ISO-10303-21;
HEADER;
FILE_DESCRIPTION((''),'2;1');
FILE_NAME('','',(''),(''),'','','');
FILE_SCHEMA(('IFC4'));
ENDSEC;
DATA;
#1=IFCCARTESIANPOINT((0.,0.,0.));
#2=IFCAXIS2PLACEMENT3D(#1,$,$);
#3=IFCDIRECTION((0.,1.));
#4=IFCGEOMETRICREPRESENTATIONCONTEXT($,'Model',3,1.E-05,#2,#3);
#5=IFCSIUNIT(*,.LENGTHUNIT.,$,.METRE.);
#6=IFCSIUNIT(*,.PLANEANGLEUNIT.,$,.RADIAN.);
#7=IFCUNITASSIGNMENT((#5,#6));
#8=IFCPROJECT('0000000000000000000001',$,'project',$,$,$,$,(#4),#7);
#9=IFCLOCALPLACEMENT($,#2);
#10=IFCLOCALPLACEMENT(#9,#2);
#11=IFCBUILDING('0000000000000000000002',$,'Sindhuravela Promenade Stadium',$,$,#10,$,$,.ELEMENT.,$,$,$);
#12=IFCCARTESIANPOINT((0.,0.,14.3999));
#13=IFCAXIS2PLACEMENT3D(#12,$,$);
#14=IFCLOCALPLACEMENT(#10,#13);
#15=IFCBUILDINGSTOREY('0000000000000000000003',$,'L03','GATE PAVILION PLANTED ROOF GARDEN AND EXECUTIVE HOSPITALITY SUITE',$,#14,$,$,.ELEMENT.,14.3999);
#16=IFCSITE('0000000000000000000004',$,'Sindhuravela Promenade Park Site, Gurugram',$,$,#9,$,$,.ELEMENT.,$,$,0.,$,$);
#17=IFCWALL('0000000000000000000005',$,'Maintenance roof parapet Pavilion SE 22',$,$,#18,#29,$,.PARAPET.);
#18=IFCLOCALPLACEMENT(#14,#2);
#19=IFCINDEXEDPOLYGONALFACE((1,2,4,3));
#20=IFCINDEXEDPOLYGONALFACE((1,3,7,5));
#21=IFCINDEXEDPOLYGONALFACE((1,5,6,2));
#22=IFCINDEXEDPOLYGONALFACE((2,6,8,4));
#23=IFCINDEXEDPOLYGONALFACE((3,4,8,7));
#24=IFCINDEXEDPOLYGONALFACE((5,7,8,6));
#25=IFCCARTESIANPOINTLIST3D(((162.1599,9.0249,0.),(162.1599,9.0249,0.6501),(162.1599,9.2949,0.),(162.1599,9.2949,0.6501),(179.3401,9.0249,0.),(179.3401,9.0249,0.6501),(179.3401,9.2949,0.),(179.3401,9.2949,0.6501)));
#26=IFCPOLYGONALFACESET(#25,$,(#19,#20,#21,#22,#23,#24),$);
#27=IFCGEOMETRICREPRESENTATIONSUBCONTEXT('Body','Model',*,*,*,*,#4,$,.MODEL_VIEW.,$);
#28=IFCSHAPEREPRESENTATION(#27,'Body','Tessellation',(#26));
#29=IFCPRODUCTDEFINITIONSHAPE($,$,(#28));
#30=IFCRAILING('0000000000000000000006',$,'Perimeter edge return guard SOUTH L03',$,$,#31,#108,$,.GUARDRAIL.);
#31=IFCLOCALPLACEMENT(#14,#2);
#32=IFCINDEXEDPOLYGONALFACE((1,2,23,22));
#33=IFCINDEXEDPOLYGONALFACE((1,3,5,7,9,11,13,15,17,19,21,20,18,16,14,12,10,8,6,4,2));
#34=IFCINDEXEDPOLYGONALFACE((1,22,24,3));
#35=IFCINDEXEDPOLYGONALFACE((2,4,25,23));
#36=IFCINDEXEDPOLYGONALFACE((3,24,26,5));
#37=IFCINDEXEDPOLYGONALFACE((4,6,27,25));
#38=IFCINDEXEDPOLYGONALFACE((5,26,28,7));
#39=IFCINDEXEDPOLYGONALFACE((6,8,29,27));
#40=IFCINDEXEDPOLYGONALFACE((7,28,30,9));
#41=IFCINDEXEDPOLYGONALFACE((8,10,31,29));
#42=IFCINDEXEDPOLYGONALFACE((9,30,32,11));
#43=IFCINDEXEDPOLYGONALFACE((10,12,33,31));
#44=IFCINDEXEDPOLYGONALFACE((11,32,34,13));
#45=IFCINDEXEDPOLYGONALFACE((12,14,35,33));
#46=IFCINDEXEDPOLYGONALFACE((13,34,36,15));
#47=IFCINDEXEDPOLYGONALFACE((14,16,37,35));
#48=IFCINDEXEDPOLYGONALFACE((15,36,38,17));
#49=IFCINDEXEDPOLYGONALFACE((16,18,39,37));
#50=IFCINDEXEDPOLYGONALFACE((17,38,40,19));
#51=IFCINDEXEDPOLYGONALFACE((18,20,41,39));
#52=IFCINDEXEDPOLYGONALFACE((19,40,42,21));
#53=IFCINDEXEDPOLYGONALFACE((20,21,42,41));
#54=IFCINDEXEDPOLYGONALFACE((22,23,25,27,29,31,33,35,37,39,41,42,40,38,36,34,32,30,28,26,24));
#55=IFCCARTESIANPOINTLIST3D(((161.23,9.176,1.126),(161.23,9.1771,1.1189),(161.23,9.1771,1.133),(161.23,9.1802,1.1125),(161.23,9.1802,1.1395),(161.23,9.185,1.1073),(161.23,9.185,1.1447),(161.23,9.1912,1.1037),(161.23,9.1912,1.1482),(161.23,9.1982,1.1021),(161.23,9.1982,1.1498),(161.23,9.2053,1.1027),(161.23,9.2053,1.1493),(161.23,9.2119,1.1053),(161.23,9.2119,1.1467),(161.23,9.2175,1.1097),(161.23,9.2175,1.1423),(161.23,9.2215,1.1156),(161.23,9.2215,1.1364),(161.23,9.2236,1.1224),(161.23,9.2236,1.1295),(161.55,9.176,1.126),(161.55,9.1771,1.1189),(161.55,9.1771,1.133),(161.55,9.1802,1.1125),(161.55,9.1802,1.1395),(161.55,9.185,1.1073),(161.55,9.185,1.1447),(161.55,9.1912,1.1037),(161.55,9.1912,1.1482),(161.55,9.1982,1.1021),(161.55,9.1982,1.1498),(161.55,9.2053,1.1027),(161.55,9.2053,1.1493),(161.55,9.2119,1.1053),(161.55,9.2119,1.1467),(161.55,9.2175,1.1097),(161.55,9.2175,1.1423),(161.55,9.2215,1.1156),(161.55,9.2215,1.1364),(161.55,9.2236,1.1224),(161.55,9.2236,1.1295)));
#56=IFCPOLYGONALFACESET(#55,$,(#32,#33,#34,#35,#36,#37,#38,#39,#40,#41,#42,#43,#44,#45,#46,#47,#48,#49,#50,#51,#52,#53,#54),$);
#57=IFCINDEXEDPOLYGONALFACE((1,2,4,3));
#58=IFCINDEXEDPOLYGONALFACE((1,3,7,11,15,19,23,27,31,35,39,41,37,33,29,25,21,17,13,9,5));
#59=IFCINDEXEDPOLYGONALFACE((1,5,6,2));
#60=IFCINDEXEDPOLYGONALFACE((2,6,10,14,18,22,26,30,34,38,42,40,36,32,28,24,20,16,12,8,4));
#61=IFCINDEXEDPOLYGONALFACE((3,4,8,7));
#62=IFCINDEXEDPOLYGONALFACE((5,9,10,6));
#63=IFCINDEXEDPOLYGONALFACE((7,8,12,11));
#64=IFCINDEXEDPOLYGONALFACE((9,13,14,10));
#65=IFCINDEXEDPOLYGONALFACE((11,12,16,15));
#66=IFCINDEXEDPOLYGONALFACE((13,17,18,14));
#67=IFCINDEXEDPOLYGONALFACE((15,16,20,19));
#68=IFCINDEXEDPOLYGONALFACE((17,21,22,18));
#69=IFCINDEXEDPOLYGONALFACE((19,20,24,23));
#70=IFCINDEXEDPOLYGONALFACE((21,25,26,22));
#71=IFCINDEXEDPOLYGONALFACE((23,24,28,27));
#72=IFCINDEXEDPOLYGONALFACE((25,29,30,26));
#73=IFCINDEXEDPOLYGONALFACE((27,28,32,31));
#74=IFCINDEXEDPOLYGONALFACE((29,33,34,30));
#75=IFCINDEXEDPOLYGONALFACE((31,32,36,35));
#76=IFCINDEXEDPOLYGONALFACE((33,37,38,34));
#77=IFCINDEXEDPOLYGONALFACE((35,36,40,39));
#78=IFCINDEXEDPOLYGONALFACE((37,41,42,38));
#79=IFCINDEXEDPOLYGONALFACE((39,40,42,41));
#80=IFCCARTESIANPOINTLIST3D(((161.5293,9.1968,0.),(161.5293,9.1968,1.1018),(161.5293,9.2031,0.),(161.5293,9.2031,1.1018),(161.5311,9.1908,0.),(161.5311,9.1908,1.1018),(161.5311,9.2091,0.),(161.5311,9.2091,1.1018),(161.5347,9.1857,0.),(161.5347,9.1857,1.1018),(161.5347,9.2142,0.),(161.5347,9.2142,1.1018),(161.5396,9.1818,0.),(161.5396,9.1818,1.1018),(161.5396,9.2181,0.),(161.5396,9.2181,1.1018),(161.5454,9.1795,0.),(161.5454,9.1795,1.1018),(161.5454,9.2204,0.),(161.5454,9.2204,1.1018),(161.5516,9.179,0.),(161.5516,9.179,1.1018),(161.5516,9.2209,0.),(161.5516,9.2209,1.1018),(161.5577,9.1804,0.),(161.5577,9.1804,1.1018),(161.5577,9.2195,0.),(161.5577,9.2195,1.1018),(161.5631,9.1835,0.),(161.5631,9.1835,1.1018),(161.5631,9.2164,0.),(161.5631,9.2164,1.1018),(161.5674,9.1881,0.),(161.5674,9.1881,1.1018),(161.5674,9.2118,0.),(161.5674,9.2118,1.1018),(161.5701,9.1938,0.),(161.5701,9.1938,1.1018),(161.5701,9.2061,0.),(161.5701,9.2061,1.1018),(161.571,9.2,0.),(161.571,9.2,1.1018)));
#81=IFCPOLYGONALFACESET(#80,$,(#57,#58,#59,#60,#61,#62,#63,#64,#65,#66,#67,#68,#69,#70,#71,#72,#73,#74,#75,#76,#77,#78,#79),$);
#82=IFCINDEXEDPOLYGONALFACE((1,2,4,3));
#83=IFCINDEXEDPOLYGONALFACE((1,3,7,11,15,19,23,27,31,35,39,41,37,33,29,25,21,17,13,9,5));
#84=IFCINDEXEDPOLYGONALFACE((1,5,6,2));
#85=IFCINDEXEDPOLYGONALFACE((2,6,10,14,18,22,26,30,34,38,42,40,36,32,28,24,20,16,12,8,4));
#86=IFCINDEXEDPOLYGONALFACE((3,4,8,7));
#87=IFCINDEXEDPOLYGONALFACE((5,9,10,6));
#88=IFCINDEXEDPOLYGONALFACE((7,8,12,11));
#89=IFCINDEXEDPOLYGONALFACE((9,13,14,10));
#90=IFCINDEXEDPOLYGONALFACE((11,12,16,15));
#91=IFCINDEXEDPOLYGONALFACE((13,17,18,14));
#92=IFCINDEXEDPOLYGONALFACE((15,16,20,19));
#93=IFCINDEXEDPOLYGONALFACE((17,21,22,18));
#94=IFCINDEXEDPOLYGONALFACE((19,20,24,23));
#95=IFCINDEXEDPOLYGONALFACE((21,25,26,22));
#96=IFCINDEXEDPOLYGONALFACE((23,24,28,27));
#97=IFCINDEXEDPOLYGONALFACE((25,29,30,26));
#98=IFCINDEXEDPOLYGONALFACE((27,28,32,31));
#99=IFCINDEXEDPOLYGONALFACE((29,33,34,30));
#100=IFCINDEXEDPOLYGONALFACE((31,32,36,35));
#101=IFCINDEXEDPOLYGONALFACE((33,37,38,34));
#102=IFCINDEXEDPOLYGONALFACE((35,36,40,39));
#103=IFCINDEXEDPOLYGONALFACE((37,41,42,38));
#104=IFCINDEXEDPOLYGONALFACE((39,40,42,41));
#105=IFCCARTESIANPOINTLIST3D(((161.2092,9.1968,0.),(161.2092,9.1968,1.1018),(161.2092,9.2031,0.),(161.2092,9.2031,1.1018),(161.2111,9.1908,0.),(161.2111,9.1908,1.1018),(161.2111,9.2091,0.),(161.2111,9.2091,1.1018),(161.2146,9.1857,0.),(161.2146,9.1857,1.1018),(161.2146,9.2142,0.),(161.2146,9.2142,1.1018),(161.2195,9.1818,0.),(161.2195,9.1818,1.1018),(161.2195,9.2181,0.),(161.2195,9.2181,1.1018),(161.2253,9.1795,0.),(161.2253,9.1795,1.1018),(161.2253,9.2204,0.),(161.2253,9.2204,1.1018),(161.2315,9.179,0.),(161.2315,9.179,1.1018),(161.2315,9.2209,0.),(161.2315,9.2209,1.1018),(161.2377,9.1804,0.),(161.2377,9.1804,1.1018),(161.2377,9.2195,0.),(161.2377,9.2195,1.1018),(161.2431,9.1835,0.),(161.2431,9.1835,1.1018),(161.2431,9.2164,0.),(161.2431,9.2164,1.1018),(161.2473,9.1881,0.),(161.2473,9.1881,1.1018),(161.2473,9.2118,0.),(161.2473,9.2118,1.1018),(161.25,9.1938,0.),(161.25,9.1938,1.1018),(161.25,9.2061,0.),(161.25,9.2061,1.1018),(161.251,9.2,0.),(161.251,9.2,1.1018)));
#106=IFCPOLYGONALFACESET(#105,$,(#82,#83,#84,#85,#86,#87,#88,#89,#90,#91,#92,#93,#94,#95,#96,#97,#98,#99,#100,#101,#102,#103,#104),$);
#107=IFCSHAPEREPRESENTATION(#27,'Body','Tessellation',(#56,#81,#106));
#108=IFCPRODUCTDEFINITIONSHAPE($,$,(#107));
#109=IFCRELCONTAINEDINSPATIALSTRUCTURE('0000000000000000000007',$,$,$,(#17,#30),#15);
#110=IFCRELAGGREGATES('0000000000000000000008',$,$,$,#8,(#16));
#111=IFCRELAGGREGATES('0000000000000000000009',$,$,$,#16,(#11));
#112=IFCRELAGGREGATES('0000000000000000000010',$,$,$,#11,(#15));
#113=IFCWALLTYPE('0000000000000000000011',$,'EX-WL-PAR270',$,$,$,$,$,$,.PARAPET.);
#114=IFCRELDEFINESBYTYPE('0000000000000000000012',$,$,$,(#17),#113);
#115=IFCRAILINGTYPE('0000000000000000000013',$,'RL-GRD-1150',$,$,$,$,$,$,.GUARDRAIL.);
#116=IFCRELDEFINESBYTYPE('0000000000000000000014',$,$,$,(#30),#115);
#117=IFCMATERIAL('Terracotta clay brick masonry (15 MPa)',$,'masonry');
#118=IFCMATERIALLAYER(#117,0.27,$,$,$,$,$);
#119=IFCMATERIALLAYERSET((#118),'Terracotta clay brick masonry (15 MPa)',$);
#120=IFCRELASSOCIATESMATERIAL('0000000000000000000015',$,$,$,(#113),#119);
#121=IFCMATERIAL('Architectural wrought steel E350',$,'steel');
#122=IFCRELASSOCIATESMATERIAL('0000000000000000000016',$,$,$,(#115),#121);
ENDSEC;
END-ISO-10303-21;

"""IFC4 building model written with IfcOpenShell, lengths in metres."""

from ifc_helpers import new_model, si_unit, direction, frame, frame_2d, origin, origin_2d, place, context, subcontext, project, spatial, rectangle, circle, extrude, material, layer, layer_set, type_object, element, save


model = new_model("IFC4")

# Units and contexts
model_context = context("Model", 3, precision=1e-05, world=origin(), true_north=direction((0.0, 1.0)))
body_context = subcontext(model_context, "Body", "Model", "MODEL_VIEW")
ifc_project = project(units=[si_unit("LENGTHUNIT", "METRE"), si_unit("PLANEANGLEUNIT", "RADIAN")], contexts=[model_context])

# Site, building, storey
site_placement = place(None, origin())
site = spatial("IfcSite", under=ifc_project, at=site_placement, Name="Sindhuravela Promenade Park Site, Gurugram", CompositionType="ELEMENT", RefElevation=0.0)
building_placement = place(site_placement, origin())
building = spatial("IfcBuilding", under=site, at=building_placement, Name="Sindhuravela Promenade Stadium", CompositionType="ELEMENT")
storey_placement = place(building_placement, frame((0.0, 0.0, 14.3999)))
storey = spatial("IfcBuildingStorey", under=building, at=storey_placement, Name="L03", Description="GATE PAVILION PLANTED ROOF GARDEN AND EXECUTIVE HOSPITALITY SUITE", CompositionType="ELEMENT", Elevation=14.3999)

# Shared definitions
ifc_material_1 = material(Name="Terracotta clay brick masonry (15 MPa)", Category="masonry")

# Wall
ifc_layer_1 = layer(ifc_material_1, 0.27)
ifc_layer_set_1 = layer_set([ifc_layer_1], Name="Terracotta clay brick masonry (15 MPa)")
wall_type_1 = type_object("IfcWallType", Name="EX-WL-PAR270", PredefinedType="PARAPET", material=ifc_layer_set_1)
wall_1_placement = place(storey_placement, frame((179.3401, 9.1599, 0.0), z_axis=(0.0, 0.0, 1.0), x_axis=(-1.0, 0.0, 0.0)))
element("IfcWall", 1, at=wall_1_placement, inside=storey, type_object=wall_type_1, Name="Maintenance roof parapet Pavilion SE 22", PredefinedType="PARAPET", context=body_context, shape_type="SweptSolid", body=[
    extrude(rectangle(XDim=17.1802, YDim=0.27, at=frame_2d((8.5901, 0.0))), origin(), (0.0, 0.0, 1.0), 0.6501),
])

# Railing
ifc_material_2 = material(Name="Architectural wrought steel E350", Category="steel")
railing_type = type_object("IfcRailingType", Name="RL-GRD-1150", PredefinedType="GUARDRAIL", material=ifc_material_2)
railing_placement = place(storey_placement, frame((161.55, 9.2, 0.0)))
element("IfcRailing", 2, at=railing_placement, inside=storey, type_object=railing_type, Name="Perimeter edge return guard SOUTH L03", PredefinedType="GUARDRAIL", context=body_context, shape_type="SweptSolid", body=[
    extrude(circle(Radius=0.0239, at=origin_2d()), frame((0.0, 0.0, 1.126), z_axis=(-1.0, 0.0, 0.0), x_axis=(0.0, -1.0, 0.0)), (0.0, 0.0, 1.0), 0.3201),
    extrude(circle(Radius=0.021, at=origin_2d()), origin(), (0.0, 0.0, 1.0), 1.1018),
    extrude(circle(Radius=0.021, at=origin_2d()), frame((-0.3201, 0.0, 0.0)), (0.0, 0.0, 1.0), 1.1018),
])

save(model, "model.ifc")
